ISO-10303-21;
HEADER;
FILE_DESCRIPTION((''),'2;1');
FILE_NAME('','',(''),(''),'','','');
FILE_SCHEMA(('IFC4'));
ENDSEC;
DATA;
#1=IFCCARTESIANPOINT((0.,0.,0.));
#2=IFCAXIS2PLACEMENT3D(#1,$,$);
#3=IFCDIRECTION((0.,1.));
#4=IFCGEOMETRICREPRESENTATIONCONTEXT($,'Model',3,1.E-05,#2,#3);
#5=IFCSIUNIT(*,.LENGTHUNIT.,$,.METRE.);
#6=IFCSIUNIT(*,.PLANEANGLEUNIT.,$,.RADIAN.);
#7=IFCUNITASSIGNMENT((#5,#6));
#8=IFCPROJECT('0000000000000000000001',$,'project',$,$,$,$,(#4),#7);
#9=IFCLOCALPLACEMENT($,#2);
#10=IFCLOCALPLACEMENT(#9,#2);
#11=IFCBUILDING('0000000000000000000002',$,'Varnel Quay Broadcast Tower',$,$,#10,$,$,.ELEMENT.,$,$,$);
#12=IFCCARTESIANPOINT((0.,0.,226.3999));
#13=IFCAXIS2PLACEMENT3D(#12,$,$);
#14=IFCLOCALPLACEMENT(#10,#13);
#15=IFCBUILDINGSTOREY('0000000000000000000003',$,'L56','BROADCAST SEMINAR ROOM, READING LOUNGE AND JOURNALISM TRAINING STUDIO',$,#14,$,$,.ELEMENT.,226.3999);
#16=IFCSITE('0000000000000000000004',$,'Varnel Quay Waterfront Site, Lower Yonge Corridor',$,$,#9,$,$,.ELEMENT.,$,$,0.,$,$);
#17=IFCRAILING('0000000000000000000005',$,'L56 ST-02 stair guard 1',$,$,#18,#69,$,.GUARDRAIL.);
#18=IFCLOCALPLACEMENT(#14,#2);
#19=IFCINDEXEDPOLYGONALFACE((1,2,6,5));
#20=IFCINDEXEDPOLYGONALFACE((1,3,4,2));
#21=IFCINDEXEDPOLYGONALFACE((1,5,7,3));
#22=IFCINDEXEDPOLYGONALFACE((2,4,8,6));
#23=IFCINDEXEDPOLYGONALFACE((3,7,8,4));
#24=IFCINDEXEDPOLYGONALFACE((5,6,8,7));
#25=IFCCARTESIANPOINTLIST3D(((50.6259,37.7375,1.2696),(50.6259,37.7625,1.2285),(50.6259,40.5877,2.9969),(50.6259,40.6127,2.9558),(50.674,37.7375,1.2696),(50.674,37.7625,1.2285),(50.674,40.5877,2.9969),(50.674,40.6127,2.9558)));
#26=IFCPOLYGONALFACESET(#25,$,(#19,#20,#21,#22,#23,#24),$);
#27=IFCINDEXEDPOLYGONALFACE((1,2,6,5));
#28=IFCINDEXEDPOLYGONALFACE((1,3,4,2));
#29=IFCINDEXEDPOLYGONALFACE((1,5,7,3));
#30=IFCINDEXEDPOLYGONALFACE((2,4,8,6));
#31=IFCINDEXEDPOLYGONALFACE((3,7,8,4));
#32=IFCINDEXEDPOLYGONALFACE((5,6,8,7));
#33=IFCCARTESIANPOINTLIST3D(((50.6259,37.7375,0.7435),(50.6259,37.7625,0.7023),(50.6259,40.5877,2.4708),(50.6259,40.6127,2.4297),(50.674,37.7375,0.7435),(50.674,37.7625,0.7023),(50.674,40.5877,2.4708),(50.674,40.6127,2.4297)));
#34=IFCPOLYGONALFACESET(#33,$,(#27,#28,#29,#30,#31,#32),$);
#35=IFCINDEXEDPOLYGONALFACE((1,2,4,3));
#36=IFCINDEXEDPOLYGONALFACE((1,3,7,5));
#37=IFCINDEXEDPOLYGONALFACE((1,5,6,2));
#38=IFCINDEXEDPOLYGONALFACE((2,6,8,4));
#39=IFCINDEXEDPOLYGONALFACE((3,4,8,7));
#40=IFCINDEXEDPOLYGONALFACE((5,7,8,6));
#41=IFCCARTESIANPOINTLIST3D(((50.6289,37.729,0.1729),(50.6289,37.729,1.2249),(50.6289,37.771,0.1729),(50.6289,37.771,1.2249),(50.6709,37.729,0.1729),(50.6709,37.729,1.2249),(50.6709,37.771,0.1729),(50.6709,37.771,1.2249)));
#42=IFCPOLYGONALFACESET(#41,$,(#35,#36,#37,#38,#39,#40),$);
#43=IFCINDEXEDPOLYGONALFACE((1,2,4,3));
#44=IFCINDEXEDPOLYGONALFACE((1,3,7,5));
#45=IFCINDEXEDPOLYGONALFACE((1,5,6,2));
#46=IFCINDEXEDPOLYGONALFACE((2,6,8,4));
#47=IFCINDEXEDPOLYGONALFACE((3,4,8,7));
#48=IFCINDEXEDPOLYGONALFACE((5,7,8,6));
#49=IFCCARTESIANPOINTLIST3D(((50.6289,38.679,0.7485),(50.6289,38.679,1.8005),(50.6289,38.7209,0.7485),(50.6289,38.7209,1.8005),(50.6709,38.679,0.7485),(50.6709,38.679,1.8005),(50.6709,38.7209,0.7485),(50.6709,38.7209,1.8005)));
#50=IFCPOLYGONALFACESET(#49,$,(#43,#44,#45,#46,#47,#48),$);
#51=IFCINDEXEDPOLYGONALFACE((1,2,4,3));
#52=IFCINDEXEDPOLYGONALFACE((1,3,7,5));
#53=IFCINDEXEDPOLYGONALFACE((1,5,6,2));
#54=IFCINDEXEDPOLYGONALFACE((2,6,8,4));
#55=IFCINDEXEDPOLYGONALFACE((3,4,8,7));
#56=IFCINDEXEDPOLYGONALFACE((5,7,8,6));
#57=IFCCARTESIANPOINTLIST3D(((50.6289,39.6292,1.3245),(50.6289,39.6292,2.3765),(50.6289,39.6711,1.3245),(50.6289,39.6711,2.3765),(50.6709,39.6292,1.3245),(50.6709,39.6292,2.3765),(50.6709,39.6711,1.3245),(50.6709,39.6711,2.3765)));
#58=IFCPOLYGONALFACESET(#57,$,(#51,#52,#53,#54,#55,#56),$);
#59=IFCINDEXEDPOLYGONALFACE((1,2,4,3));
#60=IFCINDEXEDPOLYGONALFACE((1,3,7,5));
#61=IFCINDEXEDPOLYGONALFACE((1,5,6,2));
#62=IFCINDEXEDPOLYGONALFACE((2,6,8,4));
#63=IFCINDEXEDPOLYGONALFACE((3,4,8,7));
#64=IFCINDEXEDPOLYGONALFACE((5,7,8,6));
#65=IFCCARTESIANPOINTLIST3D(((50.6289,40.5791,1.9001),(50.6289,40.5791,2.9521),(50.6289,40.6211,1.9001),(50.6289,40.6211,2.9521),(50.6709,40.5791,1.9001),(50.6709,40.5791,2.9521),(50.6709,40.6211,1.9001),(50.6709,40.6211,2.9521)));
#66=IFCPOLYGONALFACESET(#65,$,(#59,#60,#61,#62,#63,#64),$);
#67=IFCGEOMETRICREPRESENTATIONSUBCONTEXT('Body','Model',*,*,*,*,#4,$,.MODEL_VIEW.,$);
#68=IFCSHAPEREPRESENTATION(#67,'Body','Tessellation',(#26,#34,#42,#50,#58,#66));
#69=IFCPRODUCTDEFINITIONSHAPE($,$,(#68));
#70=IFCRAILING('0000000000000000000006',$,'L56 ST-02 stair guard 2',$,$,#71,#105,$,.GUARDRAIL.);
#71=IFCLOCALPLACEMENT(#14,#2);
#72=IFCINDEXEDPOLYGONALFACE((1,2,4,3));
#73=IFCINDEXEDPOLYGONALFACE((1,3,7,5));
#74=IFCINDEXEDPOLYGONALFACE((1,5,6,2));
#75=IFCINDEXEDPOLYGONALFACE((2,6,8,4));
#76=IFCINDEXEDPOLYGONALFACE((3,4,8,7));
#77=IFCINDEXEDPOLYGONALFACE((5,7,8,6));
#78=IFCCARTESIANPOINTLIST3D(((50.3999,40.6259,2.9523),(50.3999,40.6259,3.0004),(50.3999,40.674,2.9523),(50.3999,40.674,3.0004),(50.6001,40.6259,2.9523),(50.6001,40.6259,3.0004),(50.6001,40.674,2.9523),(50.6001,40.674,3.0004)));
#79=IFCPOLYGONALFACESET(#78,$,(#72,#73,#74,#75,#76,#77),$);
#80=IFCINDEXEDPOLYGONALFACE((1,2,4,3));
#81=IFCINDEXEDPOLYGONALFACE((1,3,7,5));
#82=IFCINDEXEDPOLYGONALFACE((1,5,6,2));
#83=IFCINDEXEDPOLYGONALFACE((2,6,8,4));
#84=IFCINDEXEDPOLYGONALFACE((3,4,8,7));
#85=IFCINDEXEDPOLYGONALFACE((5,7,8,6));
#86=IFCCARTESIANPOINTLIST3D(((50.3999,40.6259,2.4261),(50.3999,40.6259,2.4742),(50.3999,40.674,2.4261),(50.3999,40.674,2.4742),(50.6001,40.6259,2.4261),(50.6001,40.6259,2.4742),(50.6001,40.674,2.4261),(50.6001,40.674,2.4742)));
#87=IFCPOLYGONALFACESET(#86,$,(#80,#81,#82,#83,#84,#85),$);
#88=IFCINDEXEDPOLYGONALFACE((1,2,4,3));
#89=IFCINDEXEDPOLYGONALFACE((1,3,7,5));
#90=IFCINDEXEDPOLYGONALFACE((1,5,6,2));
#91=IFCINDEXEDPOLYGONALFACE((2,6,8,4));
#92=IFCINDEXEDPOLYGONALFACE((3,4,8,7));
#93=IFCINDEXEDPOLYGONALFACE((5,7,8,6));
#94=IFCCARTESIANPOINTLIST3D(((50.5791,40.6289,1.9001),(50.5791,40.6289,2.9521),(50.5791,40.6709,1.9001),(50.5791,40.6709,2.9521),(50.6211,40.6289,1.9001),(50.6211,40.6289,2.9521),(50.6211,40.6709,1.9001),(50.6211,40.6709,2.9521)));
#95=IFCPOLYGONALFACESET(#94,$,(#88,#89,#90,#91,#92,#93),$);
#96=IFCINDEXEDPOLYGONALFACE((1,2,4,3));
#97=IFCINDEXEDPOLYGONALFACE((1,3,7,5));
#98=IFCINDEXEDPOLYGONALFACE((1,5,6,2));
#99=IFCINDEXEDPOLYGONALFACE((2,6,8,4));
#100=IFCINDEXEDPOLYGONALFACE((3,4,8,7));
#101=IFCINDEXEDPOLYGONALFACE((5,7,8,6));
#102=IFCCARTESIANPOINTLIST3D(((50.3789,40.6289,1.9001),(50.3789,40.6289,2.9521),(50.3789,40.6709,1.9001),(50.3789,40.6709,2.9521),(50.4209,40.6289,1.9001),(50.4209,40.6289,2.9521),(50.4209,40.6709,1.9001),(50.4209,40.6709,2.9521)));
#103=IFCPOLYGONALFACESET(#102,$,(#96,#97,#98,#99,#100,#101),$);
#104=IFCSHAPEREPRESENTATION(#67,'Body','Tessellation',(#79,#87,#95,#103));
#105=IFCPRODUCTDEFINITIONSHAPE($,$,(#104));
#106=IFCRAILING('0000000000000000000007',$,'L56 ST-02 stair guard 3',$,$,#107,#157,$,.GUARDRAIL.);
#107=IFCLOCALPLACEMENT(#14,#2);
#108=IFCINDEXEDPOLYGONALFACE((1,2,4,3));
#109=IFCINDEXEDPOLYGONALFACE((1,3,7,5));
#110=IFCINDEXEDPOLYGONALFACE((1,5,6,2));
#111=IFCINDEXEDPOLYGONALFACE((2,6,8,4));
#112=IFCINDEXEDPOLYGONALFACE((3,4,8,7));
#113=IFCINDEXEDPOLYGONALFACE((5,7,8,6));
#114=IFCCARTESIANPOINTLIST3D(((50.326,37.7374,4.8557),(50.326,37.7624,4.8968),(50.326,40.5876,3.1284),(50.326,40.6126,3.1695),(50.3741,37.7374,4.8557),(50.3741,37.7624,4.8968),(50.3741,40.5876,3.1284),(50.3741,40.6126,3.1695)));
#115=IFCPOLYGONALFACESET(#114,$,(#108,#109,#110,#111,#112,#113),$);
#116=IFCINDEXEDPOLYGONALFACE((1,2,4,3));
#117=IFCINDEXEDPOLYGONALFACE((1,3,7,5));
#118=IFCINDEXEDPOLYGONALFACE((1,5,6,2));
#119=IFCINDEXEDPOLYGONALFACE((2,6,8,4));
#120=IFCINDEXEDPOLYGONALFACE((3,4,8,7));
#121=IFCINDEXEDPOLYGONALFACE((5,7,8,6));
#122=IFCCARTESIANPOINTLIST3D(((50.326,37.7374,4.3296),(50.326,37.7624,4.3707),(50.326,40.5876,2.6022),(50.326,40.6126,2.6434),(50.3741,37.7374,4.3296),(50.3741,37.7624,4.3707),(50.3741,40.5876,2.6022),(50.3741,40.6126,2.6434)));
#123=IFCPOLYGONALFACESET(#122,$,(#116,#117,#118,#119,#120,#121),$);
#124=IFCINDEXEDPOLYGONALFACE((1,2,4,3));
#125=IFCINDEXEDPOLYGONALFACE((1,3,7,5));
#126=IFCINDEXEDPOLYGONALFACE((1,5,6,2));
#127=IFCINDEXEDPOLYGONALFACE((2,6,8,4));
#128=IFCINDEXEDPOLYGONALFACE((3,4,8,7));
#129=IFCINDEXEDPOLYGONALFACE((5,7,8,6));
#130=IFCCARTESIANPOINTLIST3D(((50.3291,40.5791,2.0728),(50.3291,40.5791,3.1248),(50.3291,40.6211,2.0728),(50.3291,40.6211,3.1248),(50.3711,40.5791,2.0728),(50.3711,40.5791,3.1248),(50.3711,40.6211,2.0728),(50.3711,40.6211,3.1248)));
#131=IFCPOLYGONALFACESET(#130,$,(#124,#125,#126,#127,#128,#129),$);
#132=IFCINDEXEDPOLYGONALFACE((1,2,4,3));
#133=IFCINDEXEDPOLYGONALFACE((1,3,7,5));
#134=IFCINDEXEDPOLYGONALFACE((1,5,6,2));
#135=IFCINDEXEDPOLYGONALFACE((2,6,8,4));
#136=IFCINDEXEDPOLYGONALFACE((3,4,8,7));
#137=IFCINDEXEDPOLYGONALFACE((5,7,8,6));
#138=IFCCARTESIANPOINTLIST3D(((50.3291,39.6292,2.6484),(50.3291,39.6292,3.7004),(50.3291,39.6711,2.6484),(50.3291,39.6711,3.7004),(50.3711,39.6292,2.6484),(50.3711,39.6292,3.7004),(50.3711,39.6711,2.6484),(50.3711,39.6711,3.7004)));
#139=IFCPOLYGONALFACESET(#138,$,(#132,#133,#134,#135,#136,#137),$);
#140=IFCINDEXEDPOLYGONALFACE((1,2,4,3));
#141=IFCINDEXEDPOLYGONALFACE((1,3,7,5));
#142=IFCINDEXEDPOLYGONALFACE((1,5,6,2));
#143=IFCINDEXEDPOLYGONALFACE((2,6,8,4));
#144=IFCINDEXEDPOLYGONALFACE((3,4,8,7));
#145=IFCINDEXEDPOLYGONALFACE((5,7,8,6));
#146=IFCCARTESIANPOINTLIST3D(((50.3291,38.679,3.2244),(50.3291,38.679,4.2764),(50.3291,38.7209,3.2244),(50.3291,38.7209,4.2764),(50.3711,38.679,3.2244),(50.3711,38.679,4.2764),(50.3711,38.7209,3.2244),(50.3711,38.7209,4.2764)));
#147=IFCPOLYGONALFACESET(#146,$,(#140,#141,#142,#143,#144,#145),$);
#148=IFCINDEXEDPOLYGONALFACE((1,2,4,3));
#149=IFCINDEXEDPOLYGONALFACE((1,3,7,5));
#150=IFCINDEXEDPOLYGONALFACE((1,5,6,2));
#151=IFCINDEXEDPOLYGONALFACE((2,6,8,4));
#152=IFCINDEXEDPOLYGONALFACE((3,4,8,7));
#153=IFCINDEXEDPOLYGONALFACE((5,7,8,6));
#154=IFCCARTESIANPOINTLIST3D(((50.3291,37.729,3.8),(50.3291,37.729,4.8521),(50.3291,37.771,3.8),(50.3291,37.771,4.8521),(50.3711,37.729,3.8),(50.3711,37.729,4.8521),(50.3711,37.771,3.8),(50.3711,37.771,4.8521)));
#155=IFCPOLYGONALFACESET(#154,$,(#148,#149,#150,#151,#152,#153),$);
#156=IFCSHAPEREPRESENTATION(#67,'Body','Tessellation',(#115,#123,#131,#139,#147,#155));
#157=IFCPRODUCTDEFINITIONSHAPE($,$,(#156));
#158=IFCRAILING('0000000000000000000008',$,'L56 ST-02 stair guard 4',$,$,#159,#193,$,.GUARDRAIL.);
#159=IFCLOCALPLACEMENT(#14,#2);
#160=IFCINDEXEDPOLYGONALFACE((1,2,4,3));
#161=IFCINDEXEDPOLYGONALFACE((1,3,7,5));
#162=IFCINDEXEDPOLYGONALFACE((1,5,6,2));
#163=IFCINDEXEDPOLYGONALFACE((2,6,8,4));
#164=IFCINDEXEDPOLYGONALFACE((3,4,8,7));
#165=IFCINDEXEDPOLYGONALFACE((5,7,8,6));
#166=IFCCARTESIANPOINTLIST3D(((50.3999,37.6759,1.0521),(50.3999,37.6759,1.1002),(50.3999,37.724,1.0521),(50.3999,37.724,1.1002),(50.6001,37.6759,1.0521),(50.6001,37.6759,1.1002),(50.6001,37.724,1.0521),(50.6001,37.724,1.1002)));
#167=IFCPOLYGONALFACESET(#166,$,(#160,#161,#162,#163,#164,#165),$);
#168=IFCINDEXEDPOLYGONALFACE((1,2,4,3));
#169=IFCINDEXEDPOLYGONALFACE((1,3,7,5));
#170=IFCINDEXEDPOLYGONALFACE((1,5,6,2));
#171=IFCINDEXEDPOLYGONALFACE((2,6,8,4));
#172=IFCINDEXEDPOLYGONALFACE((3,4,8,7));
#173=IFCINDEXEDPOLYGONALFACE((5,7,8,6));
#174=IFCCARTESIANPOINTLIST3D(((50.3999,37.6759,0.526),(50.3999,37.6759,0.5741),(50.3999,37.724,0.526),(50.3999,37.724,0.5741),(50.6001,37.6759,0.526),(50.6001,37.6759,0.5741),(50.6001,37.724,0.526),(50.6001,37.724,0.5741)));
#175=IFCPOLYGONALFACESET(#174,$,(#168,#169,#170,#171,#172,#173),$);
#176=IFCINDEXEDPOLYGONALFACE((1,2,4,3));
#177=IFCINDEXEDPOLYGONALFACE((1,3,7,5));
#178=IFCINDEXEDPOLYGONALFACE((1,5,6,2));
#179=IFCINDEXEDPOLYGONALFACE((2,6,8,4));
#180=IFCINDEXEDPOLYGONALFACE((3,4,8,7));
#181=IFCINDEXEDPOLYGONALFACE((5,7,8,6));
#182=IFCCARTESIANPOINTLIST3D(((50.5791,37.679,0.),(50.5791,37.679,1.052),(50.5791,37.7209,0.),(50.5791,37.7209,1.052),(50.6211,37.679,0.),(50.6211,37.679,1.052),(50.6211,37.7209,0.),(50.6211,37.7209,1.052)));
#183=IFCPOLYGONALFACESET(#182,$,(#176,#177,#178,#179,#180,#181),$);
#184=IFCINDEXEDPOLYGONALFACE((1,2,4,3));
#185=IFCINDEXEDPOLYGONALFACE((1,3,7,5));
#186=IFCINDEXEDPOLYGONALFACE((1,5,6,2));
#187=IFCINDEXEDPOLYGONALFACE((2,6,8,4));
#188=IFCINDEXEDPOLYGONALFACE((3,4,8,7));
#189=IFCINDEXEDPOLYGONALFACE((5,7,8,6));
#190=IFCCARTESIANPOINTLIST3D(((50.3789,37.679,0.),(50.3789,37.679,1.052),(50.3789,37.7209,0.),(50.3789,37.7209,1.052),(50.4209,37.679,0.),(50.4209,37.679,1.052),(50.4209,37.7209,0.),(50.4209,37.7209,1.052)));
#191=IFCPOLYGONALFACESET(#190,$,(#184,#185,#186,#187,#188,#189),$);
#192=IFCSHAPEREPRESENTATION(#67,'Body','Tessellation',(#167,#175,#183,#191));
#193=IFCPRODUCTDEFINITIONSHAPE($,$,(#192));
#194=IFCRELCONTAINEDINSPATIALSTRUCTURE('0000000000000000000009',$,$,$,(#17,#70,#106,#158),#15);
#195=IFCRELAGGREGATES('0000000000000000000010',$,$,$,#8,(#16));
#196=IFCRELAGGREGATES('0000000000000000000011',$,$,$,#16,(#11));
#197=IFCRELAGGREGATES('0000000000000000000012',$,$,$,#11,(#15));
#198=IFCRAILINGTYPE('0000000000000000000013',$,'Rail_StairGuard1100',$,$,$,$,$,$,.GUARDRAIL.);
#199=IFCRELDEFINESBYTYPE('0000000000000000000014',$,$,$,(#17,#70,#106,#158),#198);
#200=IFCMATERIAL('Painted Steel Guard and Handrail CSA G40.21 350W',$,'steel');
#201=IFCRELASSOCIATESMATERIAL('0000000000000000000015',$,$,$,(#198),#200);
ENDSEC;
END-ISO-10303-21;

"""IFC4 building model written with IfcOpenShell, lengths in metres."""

from ifc_helpers import new_model, si_unit, direction, frame, origin, origin_2d, place, context, subcontext, project, spatial, rectangle, extrude, material, type_object, element, save


model = new_model("IFC4")

# Units and contexts
model_context = context("Model", 3, precision=1e-05, world=origin(), true_north=direction((0.0, 1.0)))
body_context = subcontext(model_context, "Body", "Model", "MODEL_VIEW")
ifc_project = project(units=[si_unit("LENGTHUNIT", "METRE"), si_unit("PLANEANGLEUNIT", "RADIAN")], contexts=[model_context])

# Site, building, storey
site_placement = place(None, origin())
site = spatial("IfcSite", under=ifc_project, at=site_placement, Name="Varnel Quay Waterfront Site, Lower Yonge Corridor", CompositionType="ELEMENT", RefElevation=0.0)
building_placement = place(site_placement, origin())
building = spatial("IfcBuilding", under=site, at=building_placement, Name="Varnel Quay Broadcast Tower", CompositionType="ELEMENT")
storey_placement = place(building_placement, frame((0.0, 0.0, 226.3999)))
storey = spatial("IfcBuildingStorey", under=building, at=storey_placement, Name="L56", Description="BROADCAST SEMINAR ROOM, READING LOUNGE AND JOURNALISM TRAINING STUDIO", CompositionType="ELEMENT", Elevation=226.3999)

# Railings
ifc_material_1 = material(Name="Painted Steel Guard and Handrail CSA G40.21 350W", Category="steel")
railing_type_1 = type_object("IfcRailingType", Name="Rail_StairGuard1100", PredefinedType="GUARDRAIL", material=ifc_material_1)
railing_1_placement = place(storey_placement, frame((50.6499, 37.75, 0.1729)))
element("IfcRailing", 1, at=railing_1_placement, inside=storey, type_object=railing_type_1, Name="L56 ST-02 stair guard 1", PredefinedType="GUARDRAIL", context=body_context, shape_type="SweptSolid", body=[
    extrude(rectangle(XDim=0.0481, YDim=0.0481, at=origin_2d()), frame((0.0, 0.0, 1.0762), z_axis=(0.0, 0.855203, 0.518294), x_axis=(-1.0, 0.0, 0.0)), (0.0, 0.0, 1.0), 3.3328),
    extrude(rectangle(XDim=0.0481, YDim=0.0481, at=origin_2d()), frame((0.0, 0.0, 0.55), z_axis=(0.0, 0.855203, 0.518294), x_axis=(-1.0, 0.0, 0.0)), (0.0, 0.0, 1.0), 3.3328),
    extrude(rectangle(XDim=0.042, YDim=0.042, at=origin_2d()), origin(), (0.0, 0.0, 1.0), 1.052),
    extrude(rectangle(XDim=0.042, YDim=0.042, at=origin_2d()), frame((0.0, 0.95, 0.5757)), (0.0, 0.0, 1.0), 1.052),
    extrude(rectangle(XDim=0.042, YDim=0.042, at=origin_2d()), frame((0.0, 1.9001, 1.1516)), (0.0, 0.0, 1.0), 1.052),
    extrude(rectangle(XDim=0.042, YDim=0.042, at=origin_2d()), frame((0.0, 2.8501, 1.7273)), (0.0, 0.0, 1.0), 1.052),
])
railing_2_placement = place(storey_placement, frame((50.6001, 40.6499, 1.9001)))
element("IfcRailing", 2, at=railing_2_placement, inside=storey, type_object=railing_type_1, Name="L56 ST-02 stair guard 2", PredefinedType="GUARDRAIL", context=body_context, shape_type="SweptSolid", body=[
    extrude(rectangle(XDim=0.0481, YDim=0.0481, at=origin_2d()), frame((0.0, 0.0, 1.0762), z_axis=(-1.0, 0.0, 0.0), x_axis=(0.0, -1.0, 0.0)), (0.0, 0.0, 1.0), 0.2002),
    extrude(rectangle(XDim=0.0481, YDim=0.0481, at=origin_2d()), frame((0.0, 0.0, 0.55), z_axis=(-1.0, 0.0, 0.0), x_axis=(0.0, -1.0, 0.0)), (0.0, 0.0, 1.0), 0.2002),
    extrude(rectangle(XDim=0.042, YDim=0.042, at=origin_2d()), origin(), (0.0, 0.0, 1.0), 1.052),
    extrude(rectangle(XDim=0.042, YDim=0.042, at=origin_2d()), frame((-0.2002, 0.0, 0.0)), (0.0, 0.0, 1.0), 1.052),
])
railing_3_placement = place(storey_placement, frame((50.3501, 40.6001, 2.0728)))
element("IfcRailing", 3, at=railing_3_placement, inside=storey, type_object=railing_type_1, Name="L56 ST-02 stair guard 3", PredefinedType="GUARDRAIL", context=body_context, shape_type="SweptSolid", body=[
    extrude(rectangle(XDim=0.0481, YDim=0.0481, at=origin_2d()), frame((0.0, 0.0, 1.0762), z_axis=(0.0, -0.855203, 0.518294), x_axis=(1.0, 0.0, 0.0)), (0.0, 0.0, 1.0), 3.3328),
    extrude(rectangle(XDim=0.0481, YDim=0.0481, at=origin_2d()), frame((0.0, 0.0, 0.55), z_axis=(0.0, -0.855203, 0.518294), x_axis=(1.0, 0.0, 0.0)), (0.0, 0.0, 1.0), 3.3328),
    extrude(rectangle(XDim=0.042, YDim=0.042, at=origin_2d()), origin(), (0.0, 0.0, 1.0), 1.052),
    extrude(rectangle(XDim=0.042, YDim=0.042, at=origin_2d()), frame((0.0, -0.95, 0.5757)), (0.0, 0.0, 1.0), 1.052),
    extrude(rectangle(XDim=0.042, YDim=0.042, at=origin_2d()), frame((0.0, -1.9001, 1.1516)), (0.0, 0.0, 1.0), 1.052),
    extrude(rectangle(XDim=0.042, YDim=0.042, at=origin_2d()), frame((0.0, -2.8501, 1.7273)), (0.0, 0.0, 1.0), 1.052),
])
railing_4_placement = place(storey_placement, frame((50.6001, 37.7, 0.0)))
element("IfcRailing", 4, at=railing_4_placement, inside=storey, type_object=railing_type_1, Name="L56 ST-02 stair guard 4", PredefinedType="GUARDRAIL", context=body_context, shape_type="SweptSolid", body=[
    extrude(rectangle(XDim=0.0481, YDim=0.0481, at=origin_2d()), frame((0.0, 0.0, 1.0762), z_axis=(-1.0, 0.0, 0.0), x_axis=(0.0, -1.0, 0.0)), (0.0, 0.0, 1.0), 0.2002),
    extrude(rectangle(XDim=0.0481, YDim=0.0481, at=origin_2d()), frame((0.0, 0.0, 0.55), z_axis=(-1.0, 0.0, 0.0), x_axis=(0.0, -1.0, 0.0)), (0.0, 0.0, 1.0), 0.2002),
    extrude(rectangle(XDim=0.042, YDim=0.042, at=origin_2d()), origin(), (0.0, 0.0, 1.0), 1.052),
    extrude(rectangle(XDim=0.042, YDim=0.042, at=origin_2d()), frame((-0.2002, 0.0, 0.0)), (0.0, 0.0, 1.0), 1.052),
])

save(model, "model.ifc")
